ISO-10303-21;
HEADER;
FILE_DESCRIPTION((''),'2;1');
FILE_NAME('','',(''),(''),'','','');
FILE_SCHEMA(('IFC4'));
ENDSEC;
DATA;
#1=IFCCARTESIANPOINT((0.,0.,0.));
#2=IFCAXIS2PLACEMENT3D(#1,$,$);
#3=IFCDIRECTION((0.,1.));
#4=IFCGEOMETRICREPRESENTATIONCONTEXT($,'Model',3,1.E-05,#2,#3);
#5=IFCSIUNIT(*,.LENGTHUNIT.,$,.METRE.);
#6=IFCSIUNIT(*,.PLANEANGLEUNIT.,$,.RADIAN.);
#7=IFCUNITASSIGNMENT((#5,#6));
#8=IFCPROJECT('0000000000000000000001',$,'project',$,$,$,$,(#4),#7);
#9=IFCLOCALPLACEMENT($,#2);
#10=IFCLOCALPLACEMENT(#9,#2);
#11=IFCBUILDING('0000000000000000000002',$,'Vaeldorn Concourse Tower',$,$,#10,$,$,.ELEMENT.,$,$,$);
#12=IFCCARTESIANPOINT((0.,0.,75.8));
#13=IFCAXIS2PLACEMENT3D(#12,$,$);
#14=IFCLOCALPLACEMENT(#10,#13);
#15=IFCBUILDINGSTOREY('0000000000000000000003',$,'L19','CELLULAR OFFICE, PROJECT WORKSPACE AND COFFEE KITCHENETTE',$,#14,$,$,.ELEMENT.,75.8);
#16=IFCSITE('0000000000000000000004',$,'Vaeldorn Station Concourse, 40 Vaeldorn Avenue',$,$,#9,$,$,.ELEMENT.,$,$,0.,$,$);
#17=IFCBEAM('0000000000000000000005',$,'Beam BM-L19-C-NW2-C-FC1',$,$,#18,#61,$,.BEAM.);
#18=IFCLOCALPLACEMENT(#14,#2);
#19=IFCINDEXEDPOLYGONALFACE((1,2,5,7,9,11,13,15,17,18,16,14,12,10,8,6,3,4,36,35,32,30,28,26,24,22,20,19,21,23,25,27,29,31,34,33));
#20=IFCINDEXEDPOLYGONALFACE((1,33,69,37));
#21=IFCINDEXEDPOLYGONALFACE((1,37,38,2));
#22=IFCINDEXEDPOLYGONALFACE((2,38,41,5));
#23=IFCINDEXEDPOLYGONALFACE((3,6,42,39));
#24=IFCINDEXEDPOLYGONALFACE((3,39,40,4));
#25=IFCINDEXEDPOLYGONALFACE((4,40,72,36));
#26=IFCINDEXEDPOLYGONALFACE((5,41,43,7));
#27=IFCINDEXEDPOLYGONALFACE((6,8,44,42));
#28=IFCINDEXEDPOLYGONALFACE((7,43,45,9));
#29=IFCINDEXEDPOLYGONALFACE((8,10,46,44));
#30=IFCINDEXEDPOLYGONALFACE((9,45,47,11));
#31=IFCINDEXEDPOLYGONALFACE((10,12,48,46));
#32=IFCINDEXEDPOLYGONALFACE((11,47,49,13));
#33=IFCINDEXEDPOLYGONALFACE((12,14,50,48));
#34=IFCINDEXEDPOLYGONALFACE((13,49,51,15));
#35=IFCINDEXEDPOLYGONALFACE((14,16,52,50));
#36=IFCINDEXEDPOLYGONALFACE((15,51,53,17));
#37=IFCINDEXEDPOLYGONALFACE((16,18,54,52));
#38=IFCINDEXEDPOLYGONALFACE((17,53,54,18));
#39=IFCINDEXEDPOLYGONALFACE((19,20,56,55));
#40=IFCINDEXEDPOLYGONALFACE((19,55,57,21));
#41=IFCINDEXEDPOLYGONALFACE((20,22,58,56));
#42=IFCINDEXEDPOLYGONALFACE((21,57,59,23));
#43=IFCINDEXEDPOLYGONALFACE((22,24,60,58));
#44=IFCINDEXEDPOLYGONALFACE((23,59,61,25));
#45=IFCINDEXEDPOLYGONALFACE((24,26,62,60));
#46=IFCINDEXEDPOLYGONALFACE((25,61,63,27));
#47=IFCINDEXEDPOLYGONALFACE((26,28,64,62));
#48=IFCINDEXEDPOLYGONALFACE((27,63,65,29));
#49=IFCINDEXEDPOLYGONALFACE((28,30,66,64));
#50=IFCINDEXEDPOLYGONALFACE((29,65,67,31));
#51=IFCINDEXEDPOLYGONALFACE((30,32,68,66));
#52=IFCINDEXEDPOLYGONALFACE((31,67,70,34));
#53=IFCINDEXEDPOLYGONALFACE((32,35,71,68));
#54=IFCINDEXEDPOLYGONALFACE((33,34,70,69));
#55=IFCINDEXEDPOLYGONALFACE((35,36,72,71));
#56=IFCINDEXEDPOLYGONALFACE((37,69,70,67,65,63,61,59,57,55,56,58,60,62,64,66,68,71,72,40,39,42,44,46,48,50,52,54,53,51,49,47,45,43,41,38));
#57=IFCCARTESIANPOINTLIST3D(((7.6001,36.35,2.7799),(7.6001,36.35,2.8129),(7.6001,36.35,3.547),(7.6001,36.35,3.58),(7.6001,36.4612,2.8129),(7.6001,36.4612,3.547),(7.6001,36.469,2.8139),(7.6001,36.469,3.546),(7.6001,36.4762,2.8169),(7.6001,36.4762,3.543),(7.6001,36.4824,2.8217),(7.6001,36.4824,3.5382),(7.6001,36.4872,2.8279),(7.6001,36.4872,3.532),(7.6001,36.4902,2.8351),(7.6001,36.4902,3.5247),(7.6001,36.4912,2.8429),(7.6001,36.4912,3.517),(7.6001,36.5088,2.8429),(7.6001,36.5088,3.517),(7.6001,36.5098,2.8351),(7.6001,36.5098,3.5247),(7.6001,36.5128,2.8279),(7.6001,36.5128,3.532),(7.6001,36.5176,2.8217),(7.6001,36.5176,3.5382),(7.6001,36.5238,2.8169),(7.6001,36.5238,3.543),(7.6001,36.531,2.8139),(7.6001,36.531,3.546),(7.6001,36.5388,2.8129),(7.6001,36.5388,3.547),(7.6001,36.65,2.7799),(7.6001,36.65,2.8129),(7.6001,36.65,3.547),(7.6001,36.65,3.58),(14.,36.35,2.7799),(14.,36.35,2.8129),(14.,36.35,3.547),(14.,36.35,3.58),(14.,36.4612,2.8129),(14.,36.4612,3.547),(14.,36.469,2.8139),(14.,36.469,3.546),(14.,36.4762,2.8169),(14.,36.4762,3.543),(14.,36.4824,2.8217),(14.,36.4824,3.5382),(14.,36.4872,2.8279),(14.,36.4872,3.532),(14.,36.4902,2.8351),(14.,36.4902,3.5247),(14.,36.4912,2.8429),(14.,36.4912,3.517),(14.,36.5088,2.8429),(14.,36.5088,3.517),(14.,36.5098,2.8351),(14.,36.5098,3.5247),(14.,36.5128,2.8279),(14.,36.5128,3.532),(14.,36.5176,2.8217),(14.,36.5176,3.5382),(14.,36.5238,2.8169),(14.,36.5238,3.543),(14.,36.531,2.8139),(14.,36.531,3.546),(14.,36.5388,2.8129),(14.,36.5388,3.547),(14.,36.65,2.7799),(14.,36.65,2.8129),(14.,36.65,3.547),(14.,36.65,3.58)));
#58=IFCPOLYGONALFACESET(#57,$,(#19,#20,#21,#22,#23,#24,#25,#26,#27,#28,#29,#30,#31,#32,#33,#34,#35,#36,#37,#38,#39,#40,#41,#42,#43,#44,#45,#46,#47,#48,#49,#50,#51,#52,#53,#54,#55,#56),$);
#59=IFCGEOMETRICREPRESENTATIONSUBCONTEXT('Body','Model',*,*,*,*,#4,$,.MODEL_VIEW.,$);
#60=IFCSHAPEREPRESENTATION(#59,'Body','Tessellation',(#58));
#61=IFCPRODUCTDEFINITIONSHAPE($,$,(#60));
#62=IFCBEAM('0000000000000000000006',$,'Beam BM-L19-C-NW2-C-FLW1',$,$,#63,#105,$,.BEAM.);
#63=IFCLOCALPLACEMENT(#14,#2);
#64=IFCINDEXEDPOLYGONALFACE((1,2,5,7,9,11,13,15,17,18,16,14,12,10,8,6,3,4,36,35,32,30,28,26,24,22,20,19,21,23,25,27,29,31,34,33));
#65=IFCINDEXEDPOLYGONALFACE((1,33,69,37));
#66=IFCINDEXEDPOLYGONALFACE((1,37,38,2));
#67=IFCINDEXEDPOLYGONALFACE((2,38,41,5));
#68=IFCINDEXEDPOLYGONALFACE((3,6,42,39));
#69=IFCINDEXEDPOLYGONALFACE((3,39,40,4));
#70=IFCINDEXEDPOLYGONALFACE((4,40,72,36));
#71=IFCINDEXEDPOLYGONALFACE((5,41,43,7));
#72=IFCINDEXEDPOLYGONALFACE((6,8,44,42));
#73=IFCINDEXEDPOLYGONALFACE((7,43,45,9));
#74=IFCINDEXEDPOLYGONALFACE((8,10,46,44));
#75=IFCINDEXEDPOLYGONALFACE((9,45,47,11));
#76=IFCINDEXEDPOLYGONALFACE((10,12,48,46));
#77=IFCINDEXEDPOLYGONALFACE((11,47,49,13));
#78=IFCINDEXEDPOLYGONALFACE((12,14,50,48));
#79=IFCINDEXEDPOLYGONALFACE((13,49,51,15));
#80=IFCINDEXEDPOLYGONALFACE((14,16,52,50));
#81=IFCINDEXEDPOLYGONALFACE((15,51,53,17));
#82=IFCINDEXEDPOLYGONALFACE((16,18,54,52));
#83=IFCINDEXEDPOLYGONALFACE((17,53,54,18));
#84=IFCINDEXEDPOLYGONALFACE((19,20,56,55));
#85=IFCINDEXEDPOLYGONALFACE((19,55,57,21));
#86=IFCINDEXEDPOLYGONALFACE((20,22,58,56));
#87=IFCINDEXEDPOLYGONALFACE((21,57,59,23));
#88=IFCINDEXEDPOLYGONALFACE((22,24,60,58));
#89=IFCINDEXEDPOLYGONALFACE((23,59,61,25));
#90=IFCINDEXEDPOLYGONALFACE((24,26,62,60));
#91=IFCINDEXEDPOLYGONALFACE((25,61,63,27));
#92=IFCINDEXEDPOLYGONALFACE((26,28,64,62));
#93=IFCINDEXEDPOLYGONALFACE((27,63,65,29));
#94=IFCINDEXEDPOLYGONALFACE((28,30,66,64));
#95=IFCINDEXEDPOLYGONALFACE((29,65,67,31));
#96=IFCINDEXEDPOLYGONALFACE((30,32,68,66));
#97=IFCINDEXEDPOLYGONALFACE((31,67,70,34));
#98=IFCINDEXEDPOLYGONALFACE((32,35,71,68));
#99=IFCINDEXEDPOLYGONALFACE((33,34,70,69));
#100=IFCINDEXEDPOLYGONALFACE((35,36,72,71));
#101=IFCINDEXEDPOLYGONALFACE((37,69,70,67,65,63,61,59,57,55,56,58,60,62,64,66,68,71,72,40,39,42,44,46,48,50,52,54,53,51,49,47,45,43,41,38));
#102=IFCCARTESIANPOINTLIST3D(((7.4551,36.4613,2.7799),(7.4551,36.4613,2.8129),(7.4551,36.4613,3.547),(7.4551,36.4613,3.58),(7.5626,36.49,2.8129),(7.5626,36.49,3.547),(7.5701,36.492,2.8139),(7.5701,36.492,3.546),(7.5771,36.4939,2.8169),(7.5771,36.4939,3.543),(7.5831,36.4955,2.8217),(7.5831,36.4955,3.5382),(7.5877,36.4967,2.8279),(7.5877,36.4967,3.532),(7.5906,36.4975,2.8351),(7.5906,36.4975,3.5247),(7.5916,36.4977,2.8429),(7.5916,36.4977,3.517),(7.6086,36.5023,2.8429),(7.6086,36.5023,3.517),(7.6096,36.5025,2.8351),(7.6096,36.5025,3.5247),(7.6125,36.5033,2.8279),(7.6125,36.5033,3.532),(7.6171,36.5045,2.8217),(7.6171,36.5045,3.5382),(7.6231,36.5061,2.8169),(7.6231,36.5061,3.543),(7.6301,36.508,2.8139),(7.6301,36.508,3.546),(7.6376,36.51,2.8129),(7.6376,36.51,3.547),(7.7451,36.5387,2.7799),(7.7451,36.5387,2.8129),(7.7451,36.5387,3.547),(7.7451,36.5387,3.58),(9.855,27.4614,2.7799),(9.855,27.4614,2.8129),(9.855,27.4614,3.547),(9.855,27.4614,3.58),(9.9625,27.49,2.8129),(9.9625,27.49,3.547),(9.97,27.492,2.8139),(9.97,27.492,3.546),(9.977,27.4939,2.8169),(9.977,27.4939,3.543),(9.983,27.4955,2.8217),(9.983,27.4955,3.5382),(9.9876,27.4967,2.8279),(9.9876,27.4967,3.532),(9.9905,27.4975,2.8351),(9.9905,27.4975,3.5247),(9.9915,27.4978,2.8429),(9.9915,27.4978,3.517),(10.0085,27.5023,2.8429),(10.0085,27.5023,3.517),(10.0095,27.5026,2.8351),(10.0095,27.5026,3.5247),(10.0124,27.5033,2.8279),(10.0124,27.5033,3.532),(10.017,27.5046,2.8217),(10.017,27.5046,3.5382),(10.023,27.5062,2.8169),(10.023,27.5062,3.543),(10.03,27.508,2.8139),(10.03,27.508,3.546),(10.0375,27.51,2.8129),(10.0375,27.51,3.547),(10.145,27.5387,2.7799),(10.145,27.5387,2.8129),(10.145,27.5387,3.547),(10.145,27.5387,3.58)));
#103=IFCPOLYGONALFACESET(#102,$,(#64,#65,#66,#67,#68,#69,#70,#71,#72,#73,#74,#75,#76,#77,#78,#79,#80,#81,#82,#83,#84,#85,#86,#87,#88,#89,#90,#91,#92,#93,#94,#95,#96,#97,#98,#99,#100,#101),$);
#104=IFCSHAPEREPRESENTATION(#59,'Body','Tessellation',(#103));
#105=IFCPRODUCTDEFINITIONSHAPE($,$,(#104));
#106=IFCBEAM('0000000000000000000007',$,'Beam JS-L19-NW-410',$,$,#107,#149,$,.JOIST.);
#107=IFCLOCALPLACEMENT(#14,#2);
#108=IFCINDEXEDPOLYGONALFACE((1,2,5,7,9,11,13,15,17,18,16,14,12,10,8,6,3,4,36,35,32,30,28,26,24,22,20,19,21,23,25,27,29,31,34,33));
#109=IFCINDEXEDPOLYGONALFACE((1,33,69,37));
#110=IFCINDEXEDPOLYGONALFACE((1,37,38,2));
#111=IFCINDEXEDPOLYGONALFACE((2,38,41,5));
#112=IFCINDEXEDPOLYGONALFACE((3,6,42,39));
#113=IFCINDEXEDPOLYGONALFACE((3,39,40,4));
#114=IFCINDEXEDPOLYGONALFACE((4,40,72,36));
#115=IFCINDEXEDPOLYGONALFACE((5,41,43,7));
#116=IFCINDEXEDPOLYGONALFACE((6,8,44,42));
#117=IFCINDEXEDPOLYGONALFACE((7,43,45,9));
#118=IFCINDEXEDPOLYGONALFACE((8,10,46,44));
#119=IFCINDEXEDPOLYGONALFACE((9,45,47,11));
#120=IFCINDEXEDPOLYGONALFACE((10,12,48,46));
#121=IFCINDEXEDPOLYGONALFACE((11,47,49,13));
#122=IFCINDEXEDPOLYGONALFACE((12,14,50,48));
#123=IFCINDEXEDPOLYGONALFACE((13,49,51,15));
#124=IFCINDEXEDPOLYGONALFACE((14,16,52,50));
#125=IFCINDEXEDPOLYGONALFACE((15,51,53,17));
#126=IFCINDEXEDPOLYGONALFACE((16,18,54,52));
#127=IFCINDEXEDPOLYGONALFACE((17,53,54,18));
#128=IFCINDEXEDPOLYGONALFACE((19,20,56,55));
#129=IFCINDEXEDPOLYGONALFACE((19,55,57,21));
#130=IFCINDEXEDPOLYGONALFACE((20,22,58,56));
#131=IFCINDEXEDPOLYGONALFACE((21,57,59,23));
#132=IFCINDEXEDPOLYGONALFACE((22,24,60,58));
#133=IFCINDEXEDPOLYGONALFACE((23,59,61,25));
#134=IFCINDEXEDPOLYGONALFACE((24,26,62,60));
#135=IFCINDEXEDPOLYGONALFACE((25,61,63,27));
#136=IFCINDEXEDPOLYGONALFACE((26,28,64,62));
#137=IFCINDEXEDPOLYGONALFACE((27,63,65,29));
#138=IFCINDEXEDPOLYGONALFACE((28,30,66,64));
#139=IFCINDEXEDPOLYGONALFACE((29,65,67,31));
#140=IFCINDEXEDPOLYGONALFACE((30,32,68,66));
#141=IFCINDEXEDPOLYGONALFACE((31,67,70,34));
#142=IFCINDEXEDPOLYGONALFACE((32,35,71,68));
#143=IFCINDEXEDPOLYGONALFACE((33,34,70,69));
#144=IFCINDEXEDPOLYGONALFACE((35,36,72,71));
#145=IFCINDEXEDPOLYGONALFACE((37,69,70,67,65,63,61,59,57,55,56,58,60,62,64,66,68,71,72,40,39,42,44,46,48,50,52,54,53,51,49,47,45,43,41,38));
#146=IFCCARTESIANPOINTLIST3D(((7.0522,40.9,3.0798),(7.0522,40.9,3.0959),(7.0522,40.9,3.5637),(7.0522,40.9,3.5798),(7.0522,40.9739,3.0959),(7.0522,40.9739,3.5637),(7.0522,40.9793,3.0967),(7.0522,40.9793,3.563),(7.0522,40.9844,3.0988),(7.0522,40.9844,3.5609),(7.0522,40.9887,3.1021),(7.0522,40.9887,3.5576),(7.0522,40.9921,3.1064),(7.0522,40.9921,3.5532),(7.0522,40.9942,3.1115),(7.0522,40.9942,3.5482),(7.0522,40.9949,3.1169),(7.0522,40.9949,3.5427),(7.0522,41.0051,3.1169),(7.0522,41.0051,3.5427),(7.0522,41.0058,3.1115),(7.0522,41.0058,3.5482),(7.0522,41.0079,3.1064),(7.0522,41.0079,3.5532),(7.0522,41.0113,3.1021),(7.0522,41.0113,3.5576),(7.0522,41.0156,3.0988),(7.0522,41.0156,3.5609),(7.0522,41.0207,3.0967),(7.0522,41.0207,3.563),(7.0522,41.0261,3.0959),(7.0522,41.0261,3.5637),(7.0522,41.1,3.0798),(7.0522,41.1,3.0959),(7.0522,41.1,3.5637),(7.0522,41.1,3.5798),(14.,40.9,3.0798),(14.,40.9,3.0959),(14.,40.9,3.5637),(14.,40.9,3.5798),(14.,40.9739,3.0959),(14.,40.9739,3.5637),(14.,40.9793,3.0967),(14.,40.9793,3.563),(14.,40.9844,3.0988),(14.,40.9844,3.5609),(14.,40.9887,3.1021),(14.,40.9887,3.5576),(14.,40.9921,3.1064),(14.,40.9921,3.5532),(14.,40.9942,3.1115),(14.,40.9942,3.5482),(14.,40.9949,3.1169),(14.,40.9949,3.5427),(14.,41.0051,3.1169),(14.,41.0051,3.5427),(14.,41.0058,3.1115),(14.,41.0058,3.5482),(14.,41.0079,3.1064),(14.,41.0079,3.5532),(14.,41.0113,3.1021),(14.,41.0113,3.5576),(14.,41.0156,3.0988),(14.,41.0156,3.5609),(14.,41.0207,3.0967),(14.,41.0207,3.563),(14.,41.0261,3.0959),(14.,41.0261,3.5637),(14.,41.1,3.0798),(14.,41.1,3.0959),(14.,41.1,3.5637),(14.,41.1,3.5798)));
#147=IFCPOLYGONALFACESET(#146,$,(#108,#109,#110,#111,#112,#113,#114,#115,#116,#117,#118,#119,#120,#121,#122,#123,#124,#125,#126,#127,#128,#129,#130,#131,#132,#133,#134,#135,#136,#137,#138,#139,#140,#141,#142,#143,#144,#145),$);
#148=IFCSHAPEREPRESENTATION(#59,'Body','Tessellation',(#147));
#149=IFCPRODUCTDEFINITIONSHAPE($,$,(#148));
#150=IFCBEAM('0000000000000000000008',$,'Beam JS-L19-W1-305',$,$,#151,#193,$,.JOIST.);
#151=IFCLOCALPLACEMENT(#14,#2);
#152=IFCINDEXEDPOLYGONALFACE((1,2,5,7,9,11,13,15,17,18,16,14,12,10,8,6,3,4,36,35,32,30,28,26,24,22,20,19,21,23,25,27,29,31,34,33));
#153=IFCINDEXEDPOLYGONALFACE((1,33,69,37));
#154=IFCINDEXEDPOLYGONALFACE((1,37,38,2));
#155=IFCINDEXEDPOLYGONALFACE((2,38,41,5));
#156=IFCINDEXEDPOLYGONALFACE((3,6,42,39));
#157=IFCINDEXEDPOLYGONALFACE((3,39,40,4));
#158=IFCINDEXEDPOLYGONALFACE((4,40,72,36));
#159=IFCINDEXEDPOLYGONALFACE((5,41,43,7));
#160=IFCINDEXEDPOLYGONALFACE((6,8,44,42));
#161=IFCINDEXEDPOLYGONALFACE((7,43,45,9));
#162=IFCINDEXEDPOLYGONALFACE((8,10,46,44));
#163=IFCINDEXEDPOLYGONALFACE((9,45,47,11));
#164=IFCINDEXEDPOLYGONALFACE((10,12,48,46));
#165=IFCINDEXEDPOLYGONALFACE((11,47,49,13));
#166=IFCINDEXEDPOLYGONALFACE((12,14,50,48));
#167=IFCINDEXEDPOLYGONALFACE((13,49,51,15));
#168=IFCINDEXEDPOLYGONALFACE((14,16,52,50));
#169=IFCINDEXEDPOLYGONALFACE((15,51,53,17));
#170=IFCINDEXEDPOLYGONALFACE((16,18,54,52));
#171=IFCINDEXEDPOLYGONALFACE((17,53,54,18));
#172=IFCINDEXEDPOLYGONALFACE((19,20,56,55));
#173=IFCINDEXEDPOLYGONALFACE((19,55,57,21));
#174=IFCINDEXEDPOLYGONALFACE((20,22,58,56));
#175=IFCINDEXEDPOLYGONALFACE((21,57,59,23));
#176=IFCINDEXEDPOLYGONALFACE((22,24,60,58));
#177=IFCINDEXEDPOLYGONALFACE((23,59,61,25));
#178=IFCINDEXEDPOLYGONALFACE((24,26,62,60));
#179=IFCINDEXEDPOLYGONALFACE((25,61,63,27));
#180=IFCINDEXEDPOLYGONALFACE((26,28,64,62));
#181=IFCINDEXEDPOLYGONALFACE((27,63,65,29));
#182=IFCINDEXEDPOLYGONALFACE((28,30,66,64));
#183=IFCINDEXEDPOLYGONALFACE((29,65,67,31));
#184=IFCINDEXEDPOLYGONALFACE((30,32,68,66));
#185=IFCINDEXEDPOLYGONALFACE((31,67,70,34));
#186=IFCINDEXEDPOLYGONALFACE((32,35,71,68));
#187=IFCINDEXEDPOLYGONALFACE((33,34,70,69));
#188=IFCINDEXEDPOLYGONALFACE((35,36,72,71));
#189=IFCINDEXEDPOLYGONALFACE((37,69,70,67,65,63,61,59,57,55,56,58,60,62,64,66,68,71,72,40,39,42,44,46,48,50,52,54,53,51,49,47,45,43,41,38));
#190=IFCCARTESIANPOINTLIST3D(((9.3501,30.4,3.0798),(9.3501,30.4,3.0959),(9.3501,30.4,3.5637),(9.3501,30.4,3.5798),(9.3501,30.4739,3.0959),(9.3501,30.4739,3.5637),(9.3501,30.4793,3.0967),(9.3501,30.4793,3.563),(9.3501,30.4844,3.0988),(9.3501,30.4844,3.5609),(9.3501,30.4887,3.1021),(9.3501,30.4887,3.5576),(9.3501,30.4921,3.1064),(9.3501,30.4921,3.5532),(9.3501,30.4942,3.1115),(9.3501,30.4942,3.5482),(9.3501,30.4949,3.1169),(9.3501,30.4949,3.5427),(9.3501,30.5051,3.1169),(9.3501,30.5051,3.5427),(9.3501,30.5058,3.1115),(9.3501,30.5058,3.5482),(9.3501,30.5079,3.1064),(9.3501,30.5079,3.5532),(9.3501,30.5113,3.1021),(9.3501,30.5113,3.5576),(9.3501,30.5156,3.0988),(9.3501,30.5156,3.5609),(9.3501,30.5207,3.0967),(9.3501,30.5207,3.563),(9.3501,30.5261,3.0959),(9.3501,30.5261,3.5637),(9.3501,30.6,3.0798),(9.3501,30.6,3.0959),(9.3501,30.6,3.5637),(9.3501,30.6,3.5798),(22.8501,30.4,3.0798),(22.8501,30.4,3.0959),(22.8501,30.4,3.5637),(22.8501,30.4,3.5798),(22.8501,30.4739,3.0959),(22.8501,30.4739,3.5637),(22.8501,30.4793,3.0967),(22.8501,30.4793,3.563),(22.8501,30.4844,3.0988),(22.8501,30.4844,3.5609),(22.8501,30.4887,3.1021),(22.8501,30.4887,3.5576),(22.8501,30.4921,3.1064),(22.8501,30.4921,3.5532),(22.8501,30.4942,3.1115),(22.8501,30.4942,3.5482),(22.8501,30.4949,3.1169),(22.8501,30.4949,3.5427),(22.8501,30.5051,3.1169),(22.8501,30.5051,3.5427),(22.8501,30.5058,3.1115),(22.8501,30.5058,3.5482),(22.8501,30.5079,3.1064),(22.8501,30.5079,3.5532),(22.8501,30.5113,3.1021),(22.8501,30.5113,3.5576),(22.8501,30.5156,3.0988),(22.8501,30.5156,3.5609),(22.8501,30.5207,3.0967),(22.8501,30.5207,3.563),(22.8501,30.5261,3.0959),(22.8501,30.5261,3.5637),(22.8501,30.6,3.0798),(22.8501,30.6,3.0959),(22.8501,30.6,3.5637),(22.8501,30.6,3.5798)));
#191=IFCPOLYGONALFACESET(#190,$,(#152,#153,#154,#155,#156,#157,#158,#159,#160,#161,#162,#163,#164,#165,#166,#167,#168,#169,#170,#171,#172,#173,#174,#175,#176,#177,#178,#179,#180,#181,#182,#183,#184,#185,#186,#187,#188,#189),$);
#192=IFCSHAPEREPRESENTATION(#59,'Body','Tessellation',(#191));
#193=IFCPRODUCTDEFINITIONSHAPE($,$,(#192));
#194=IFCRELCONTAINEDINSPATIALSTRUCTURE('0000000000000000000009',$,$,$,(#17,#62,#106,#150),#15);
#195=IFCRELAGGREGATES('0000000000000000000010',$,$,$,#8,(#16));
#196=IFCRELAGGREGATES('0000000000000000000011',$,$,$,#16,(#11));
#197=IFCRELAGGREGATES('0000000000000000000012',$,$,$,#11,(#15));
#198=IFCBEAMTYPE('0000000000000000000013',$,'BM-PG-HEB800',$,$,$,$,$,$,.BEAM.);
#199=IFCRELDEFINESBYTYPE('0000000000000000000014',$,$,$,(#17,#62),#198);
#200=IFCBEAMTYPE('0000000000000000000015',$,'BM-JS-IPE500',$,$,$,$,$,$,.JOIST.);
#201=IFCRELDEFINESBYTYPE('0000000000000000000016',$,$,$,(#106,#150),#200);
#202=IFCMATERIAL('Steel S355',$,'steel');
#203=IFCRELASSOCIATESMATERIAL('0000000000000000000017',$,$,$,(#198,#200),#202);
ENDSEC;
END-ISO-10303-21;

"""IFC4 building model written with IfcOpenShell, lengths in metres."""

from ifc_helpers import new_model, si_unit, direction, frame, origin, origin_2d, place, context, subcontext, project, spatial, i_section, extrude, source, transform, mapped, material, material_profile, profile_set, type_object, element, save


model = new_model("IFC4")

# Units and contexts
model_context = context("Model", 3, precision=1e-05, world=origin(), true_north=direction((0.0, 1.0)))
body_context = subcontext(model_context, "Body", "Model", "MODEL_VIEW")
ifc_project = project(units=[si_unit("LENGTHUNIT", "METRE"), si_unit("PLANEANGLEUNIT", "RADIAN")], contexts=[model_context])

# Site, building, storey
site_placement = place(None, origin())
site = spatial("IfcSite", under=ifc_project, at=site_placement, Name="Vaeldorn Station Concourse, 40 Vaeldorn Avenue", CompositionType="ELEMENT", RefElevation=0.0)
building_placement = place(site_placement, origin())
building = spatial("IfcBuilding", under=site, at=building_placement, Name="Vaeldorn Concourse Tower", CompositionType="ELEMENT")
storey_placement = place(building_placement, frame((0.0, 0.0, 75.8)))
storey = spatial("IfcBuildingStorey", under=building, at=storey_placement, Name="L19", Description="CELLULAR OFFICE, PROJECT WORKSPACE AND COFFEE KITCHENETTE", CompositionType="ELEMENT", Elevation=75.8)

# Beams
ifc_material_1 = material(Name="Steel S355", Category="steel")
ifc_material_profile_1 = material_profile(ifc_material_1, i_section(OverallWidth=0.3, OverallDepth=0.8, WebThickness=0.0176, FlangeThickness=0.033, FilletRadius=0.03, at=origin_2d()), Name="HEB 800")
ifc_profile_set_1 = profile_set([ifc_material_profile_1], Name="Steel S355")
beam_type_1 = type_object("IfcBeamType", Name="BM-PG-HEB800", PredefinedType="BEAM", material=ifc_profile_set_1)
shared_shape_1 = source(origin(), body_context, "Body", "SweptSolid", [
    extrude(i_section(OverallWidth=0.3, OverallDepth=0.8, WebThickness=0.0176, FlangeThickness=0.033, FilletRadius=0.03, at=origin_2d()), origin(), (0.0, 0.0, 1.0), 6.3999),
])
beam_1_placement = place(storey_placement, frame((7.6001, 36.5, 3.1799), z_axis=(1.0, 0.0, 0.0), x_axis=(0.0, 1.0, 0.0)))
element("IfcBeam", 1, at=beam_1_placement, inside=storey, type_object=beam_type_1, Name="Beam BM-L19-C-NW2-C-FC1", PredefinedType="BEAM", context=body_context, shape_type="MappedRepresentation", body=[
    mapped(shared_shape_1, transform((0.0, 0.0, 0.0), scale=1.0)),
])
shared_shape_2 = source(origin(), body_context, "Body", "SweptSolid", [
    extrude(i_section(OverallWidth=0.3, OverallDepth=0.8, WebThickness=0.0176, FlangeThickness=0.033, FilletRadius=0.03, at=origin_2d()), origin(), (0.0, 0.0, 1.0), 9.3145),
])
beam_2_placement = place(storey_placement, frame((7.6001, 36.5, 3.1799), z_axis=(0.257653, -0.966238, 0.0), x_axis=(0.966238, 0.257653, 0.0)))
element("IfcBeam", 2, at=beam_2_placement, inside=storey, type_object=beam_type_1, Name="Beam BM-L19-C-NW2-C-FLW1", PredefinedType="BEAM", context=body_context, shape_type="MappedRepresentation", body=[
    mapped(shared_shape_2, transform((0.0, 0.0, 0.0), scale=1.0)),
])
ifc_material_profile_2 = material_profile(ifc_material_1, i_section(OverallWidth=0.2, OverallDepth=0.5, WebThickness=0.0103, FlangeThickness=0.0161, FilletRadius=0.021, at=origin_2d()), Name="IPE 500")
ifc_profile_set_2 = profile_set([ifc_material_profile_2], Name="Steel S355")
beam_type_2 = type_object("IfcBeamType", Name="BM-JS-IPE500", PredefinedType="JOIST", material=ifc_profile_set_2)
shared_shape_3 = source(origin(), body_context, "Body", "SweptSolid", [
    extrude(i_section(OverallWidth=0.2, OverallDepth=0.5, WebThickness=0.0103, FlangeThickness=0.0161, FilletRadius=0.021, at=origin_2d()), origin(), (0.0, 0.0, 1.0), 6.9478),
])
beam_3_placement = place(storey_placement, frame((7.0522, 41.0, 3.3298), z_axis=(1.0, 0.0, 0.0), x_axis=(0.0, 1.0, 0.0)))
element("IfcBeam", 3, at=beam_3_placement, inside=storey, type_object=beam_type_2, Name="Beam JS-L19-NW-410", PredefinedType="JOIST", context=body_context, shape_type="MappedRepresentation", body=[
    mapped(shared_shape_3, transform((0.0, 0.0, 0.0), scale=1.0)),
])
shared_shape_4 = source(origin(), body_context, "Body", "SweptSolid", [
    extrude(i_section(OverallWidth=0.2, OverallDepth=0.5, WebThickness=0.0103, FlangeThickness=0.0161, FilletRadius=0.021, at=origin_2d()), origin(), (0.0, 0.0, 1.0), 13.5),
])
beam_4_placement = place(storey_placement, frame((9.3501, 30.5, 3.3298), z_axis=(1.0, 0.0, 0.0), x_axis=(0.0, 1.0, 0.0)))
element("IfcBeam", 4, at=beam_4_placement, inside=storey, type_object=beam_type_2, Name="Beam JS-L19-W1-305", PredefinedType="JOIST", context=body_context, shape_type="MappedRepresentation", body=[
    mapped(shared_shape_4, transform((0.0, 0.0, 0.0), scale=1.0)),
])

save(model, "model.ifc")
